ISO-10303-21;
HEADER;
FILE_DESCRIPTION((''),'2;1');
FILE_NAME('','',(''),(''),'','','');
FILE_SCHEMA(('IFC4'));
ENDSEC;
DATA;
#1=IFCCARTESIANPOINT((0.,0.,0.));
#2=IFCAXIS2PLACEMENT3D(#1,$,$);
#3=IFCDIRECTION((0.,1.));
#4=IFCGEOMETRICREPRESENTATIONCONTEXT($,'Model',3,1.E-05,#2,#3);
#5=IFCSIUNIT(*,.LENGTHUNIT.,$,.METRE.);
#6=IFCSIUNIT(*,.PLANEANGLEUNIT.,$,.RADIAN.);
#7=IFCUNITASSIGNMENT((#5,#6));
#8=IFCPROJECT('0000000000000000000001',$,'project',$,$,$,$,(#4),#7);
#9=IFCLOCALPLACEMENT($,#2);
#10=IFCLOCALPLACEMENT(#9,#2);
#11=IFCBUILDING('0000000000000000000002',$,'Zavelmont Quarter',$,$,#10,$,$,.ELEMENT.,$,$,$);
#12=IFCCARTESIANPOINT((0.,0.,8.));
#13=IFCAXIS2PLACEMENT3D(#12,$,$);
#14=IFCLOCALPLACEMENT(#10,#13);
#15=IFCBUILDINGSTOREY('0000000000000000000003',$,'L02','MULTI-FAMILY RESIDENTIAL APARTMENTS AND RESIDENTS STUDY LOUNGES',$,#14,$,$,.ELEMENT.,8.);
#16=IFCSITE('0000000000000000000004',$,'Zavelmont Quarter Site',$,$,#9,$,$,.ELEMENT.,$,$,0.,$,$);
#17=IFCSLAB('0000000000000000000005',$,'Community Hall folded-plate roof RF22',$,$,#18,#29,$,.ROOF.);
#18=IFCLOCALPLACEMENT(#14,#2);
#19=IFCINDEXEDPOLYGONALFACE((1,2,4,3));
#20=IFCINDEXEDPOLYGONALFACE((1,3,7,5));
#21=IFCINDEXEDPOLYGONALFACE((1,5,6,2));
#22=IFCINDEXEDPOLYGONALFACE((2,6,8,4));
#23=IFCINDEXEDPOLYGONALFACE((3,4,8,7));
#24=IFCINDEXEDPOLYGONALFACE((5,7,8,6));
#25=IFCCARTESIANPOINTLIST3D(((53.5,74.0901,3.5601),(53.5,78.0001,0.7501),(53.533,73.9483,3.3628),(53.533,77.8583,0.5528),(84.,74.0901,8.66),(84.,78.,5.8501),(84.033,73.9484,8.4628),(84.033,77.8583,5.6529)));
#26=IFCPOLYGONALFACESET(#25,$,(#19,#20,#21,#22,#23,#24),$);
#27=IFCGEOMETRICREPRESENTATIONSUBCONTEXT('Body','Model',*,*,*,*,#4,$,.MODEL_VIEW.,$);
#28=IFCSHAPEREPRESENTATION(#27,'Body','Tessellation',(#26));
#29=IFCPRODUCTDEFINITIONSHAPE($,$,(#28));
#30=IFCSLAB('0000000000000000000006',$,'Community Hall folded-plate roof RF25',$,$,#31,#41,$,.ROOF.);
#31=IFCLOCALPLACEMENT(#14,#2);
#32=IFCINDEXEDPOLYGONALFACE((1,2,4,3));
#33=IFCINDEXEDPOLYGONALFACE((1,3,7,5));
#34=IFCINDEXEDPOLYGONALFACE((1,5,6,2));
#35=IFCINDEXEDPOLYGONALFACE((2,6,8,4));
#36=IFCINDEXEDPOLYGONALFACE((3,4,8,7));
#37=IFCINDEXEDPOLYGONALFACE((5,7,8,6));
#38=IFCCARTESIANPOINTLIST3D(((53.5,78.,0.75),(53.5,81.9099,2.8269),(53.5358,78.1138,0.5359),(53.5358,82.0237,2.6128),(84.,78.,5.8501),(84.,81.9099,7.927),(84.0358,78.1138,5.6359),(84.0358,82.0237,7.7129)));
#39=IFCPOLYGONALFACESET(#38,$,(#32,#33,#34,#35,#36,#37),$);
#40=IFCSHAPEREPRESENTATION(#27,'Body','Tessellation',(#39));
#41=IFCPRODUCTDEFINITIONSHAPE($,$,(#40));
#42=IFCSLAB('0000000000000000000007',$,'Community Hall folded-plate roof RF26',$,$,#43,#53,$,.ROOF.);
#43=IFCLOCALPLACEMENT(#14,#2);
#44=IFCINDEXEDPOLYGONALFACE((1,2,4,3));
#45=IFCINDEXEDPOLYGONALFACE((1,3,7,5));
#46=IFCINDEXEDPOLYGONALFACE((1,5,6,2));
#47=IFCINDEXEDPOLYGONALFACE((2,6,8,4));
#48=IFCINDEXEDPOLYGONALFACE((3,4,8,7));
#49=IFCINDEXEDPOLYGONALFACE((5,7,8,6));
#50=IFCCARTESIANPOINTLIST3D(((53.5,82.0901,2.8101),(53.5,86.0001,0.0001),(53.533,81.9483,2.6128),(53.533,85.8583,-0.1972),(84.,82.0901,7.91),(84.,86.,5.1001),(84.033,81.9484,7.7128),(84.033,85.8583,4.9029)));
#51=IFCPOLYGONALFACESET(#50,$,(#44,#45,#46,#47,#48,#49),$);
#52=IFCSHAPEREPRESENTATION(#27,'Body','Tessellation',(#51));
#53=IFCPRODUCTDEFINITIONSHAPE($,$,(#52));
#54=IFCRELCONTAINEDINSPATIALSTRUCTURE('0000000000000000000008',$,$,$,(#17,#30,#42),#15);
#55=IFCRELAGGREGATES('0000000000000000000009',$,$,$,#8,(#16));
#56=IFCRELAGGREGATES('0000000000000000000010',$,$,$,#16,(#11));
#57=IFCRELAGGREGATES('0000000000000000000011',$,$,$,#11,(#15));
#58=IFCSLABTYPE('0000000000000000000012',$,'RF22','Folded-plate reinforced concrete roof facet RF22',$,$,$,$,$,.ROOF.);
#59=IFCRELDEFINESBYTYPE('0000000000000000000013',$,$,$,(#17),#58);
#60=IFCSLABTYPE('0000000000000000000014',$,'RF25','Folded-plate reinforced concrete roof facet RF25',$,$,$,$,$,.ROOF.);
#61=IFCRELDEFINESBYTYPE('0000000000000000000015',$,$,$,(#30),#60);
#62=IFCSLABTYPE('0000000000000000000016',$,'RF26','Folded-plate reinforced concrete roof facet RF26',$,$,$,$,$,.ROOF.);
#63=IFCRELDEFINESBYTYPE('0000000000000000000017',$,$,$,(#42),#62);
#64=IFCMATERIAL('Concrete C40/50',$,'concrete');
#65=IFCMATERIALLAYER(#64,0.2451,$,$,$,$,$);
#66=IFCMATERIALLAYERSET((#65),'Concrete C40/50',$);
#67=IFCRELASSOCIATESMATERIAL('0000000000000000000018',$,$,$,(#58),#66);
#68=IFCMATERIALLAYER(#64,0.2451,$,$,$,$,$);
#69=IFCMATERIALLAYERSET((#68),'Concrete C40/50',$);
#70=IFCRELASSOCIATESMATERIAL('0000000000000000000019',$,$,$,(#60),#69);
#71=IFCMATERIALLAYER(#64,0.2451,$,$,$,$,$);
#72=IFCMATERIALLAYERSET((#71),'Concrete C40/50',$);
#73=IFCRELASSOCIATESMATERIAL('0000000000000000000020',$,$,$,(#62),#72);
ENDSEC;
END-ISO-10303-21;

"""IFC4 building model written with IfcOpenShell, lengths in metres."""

from ifc_helpers import new_model, si_unit, direction, frame, origin, place, context, subcontext, project, spatial, polyline, outline, extrude, material, layer, layer_set, type_object, element, save


model = new_model("IFC4")

# Units and contexts
model_context = context("Model", 3, precision=1e-05, world=origin(), true_north=direction((0.0, 1.0)))
body_context = subcontext(model_context, "Body", "Model", "MODEL_VIEW")
ifc_project = project(units=[si_unit("LENGTHUNIT", "METRE"), si_unit("PLANEANGLEUNIT", "RADIAN")], contexts=[model_context])

# Site, building, storey
site_placement = place(None, origin())
site = spatial("IfcSite", under=ifc_project, at=site_placement, Name="Zavelmont Quarter Site", CompositionType="ELEMENT", RefElevation=0.0)
building_placement = place(site_placement, origin())
building = spatial("IfcBuilding", under=site, at=building_placement, Name="Zavelmont Quarter", CompositionType="ELEMENT")
storey_placement = place(building_placement, frame((0.0, 0.0, 8.0)))
storey = spatial("IfcBuildingStorey", under=building, at=storey_placement, Name="L02", Description="MULTI-FAMILY RESIDENTIAL APARTMENTS AND RESIDENTS STUDY LOUNGES", CompositionType="ELEMENT", Elevation=8.0)

# Shared definitions
ifc_material_1 = material(Name="Concrete C40/50", Category="concrete")

# Slabs
ifc_layer_1 = layer(ifc_material_1, 0.2451)
ifc_layer_set_1 = layer_set([ifc_layer_1], Name="Concrete C40/50")
slab_type_1 = type_object("IfcSlabType", Name="RF22", Description="Folded-plate reinforced concrete roof facet RF22", PredefinedType="ROOF", material=ifc_layer_set_1)
slab_1_placement = place(storey_placement, frame((53.5, 74.0901, 3.5601), z_axis=(-0.134549, 0.578287, 0.804662), x_axis=(0.986307, 0.000002, 0.164921)))
element("IfcSlab", 1, at=slab_1_placement, inside=storey, type_object=slab_type_1, Name="Community Hall folded-plate roof RF22", PredefinedType="ROOF", context=body_context, shape_type="SweptSolid", body=[
    extrude(outline(polyline([(0.0, 0.0), (30.9234, 0.0), (30.46, 4.7925), (-0.4634, 4.7926), (0.0, 0.0)])), origin(), (0.0, 0.0, -1.0), 0.2451),
])
ifc_layer_2 = layer(ifc_material_1, 0.2451)
ifc_layer_set_2 = layer_set([ifc_layer_2], Name="Concrete C40/50")
slab_type_2 = type_object("IfcSlabType", Name="RF25", Description="Folded-plate reinforced concrete roof facet RF25", PredefinedType="ROOF", material=ifc_layer_set_2)
slab_2_placement = place(storey_placement, frame((53.5, 78.0, 0.75), z_axis=(-0.146091, -0.464081, 0.873663), x_axis=(0.986306, 0.0, 0.164926)))
element("IfcSlab", 2, at=slab_2_placement, inside=storey, type_object=slab_type_2, Name="Community Hall folded-plate roof RF25", PredefinedType="ROOF", context=body_context, shape_type="SweptSolid", body=[
    extrude(outline(polyline([(0.0, 0.0), (30.9235, 0.0), (31.266, 4.414), (0.3425, 4.414), (0.0, 0.0)])), origin(), (0.0, 0.0, -1.0), 0.2451),
])
ifc_layer_3 = layer(ifc_material_1, 0.2451)
ifc_layer_set_3 = layer_set([ifc_layer_3], Name="Concrete C40/50")
slab_type_3 = type_object("IfcSlabType", Name="RF26", Description="Folded-plate reinforced concrete roof facet RF26", PredefinedType="ROOF", material=ifc_layer_set_3)
slab_3_placement = place(storey_placement, frame((53.5, 82.0901, 2.8101), z_axis=(-0.134549, 0.578287, 0.804662), x_axis=(0.986307, 0.000002, 0.164921)))
element("IfcSlab", 3, at=slab_3_placement, inside=storey, type_object=slab_type_3, Name="Community Hall folded-plate roof RF26", PredefinedType="ROOF", context=body_context, shape_type="SweptSolid", body=[
    extrude(outline(polyline([(0.0, 0.0), (30.9234, 0.0), (30.46, 4.7925), (-0.4634, 4.7926), (0.0, 0.0)])), origin(), (0.0, 0.0, -1.0), 0.2451),
])

save(model, "model.ifc")
